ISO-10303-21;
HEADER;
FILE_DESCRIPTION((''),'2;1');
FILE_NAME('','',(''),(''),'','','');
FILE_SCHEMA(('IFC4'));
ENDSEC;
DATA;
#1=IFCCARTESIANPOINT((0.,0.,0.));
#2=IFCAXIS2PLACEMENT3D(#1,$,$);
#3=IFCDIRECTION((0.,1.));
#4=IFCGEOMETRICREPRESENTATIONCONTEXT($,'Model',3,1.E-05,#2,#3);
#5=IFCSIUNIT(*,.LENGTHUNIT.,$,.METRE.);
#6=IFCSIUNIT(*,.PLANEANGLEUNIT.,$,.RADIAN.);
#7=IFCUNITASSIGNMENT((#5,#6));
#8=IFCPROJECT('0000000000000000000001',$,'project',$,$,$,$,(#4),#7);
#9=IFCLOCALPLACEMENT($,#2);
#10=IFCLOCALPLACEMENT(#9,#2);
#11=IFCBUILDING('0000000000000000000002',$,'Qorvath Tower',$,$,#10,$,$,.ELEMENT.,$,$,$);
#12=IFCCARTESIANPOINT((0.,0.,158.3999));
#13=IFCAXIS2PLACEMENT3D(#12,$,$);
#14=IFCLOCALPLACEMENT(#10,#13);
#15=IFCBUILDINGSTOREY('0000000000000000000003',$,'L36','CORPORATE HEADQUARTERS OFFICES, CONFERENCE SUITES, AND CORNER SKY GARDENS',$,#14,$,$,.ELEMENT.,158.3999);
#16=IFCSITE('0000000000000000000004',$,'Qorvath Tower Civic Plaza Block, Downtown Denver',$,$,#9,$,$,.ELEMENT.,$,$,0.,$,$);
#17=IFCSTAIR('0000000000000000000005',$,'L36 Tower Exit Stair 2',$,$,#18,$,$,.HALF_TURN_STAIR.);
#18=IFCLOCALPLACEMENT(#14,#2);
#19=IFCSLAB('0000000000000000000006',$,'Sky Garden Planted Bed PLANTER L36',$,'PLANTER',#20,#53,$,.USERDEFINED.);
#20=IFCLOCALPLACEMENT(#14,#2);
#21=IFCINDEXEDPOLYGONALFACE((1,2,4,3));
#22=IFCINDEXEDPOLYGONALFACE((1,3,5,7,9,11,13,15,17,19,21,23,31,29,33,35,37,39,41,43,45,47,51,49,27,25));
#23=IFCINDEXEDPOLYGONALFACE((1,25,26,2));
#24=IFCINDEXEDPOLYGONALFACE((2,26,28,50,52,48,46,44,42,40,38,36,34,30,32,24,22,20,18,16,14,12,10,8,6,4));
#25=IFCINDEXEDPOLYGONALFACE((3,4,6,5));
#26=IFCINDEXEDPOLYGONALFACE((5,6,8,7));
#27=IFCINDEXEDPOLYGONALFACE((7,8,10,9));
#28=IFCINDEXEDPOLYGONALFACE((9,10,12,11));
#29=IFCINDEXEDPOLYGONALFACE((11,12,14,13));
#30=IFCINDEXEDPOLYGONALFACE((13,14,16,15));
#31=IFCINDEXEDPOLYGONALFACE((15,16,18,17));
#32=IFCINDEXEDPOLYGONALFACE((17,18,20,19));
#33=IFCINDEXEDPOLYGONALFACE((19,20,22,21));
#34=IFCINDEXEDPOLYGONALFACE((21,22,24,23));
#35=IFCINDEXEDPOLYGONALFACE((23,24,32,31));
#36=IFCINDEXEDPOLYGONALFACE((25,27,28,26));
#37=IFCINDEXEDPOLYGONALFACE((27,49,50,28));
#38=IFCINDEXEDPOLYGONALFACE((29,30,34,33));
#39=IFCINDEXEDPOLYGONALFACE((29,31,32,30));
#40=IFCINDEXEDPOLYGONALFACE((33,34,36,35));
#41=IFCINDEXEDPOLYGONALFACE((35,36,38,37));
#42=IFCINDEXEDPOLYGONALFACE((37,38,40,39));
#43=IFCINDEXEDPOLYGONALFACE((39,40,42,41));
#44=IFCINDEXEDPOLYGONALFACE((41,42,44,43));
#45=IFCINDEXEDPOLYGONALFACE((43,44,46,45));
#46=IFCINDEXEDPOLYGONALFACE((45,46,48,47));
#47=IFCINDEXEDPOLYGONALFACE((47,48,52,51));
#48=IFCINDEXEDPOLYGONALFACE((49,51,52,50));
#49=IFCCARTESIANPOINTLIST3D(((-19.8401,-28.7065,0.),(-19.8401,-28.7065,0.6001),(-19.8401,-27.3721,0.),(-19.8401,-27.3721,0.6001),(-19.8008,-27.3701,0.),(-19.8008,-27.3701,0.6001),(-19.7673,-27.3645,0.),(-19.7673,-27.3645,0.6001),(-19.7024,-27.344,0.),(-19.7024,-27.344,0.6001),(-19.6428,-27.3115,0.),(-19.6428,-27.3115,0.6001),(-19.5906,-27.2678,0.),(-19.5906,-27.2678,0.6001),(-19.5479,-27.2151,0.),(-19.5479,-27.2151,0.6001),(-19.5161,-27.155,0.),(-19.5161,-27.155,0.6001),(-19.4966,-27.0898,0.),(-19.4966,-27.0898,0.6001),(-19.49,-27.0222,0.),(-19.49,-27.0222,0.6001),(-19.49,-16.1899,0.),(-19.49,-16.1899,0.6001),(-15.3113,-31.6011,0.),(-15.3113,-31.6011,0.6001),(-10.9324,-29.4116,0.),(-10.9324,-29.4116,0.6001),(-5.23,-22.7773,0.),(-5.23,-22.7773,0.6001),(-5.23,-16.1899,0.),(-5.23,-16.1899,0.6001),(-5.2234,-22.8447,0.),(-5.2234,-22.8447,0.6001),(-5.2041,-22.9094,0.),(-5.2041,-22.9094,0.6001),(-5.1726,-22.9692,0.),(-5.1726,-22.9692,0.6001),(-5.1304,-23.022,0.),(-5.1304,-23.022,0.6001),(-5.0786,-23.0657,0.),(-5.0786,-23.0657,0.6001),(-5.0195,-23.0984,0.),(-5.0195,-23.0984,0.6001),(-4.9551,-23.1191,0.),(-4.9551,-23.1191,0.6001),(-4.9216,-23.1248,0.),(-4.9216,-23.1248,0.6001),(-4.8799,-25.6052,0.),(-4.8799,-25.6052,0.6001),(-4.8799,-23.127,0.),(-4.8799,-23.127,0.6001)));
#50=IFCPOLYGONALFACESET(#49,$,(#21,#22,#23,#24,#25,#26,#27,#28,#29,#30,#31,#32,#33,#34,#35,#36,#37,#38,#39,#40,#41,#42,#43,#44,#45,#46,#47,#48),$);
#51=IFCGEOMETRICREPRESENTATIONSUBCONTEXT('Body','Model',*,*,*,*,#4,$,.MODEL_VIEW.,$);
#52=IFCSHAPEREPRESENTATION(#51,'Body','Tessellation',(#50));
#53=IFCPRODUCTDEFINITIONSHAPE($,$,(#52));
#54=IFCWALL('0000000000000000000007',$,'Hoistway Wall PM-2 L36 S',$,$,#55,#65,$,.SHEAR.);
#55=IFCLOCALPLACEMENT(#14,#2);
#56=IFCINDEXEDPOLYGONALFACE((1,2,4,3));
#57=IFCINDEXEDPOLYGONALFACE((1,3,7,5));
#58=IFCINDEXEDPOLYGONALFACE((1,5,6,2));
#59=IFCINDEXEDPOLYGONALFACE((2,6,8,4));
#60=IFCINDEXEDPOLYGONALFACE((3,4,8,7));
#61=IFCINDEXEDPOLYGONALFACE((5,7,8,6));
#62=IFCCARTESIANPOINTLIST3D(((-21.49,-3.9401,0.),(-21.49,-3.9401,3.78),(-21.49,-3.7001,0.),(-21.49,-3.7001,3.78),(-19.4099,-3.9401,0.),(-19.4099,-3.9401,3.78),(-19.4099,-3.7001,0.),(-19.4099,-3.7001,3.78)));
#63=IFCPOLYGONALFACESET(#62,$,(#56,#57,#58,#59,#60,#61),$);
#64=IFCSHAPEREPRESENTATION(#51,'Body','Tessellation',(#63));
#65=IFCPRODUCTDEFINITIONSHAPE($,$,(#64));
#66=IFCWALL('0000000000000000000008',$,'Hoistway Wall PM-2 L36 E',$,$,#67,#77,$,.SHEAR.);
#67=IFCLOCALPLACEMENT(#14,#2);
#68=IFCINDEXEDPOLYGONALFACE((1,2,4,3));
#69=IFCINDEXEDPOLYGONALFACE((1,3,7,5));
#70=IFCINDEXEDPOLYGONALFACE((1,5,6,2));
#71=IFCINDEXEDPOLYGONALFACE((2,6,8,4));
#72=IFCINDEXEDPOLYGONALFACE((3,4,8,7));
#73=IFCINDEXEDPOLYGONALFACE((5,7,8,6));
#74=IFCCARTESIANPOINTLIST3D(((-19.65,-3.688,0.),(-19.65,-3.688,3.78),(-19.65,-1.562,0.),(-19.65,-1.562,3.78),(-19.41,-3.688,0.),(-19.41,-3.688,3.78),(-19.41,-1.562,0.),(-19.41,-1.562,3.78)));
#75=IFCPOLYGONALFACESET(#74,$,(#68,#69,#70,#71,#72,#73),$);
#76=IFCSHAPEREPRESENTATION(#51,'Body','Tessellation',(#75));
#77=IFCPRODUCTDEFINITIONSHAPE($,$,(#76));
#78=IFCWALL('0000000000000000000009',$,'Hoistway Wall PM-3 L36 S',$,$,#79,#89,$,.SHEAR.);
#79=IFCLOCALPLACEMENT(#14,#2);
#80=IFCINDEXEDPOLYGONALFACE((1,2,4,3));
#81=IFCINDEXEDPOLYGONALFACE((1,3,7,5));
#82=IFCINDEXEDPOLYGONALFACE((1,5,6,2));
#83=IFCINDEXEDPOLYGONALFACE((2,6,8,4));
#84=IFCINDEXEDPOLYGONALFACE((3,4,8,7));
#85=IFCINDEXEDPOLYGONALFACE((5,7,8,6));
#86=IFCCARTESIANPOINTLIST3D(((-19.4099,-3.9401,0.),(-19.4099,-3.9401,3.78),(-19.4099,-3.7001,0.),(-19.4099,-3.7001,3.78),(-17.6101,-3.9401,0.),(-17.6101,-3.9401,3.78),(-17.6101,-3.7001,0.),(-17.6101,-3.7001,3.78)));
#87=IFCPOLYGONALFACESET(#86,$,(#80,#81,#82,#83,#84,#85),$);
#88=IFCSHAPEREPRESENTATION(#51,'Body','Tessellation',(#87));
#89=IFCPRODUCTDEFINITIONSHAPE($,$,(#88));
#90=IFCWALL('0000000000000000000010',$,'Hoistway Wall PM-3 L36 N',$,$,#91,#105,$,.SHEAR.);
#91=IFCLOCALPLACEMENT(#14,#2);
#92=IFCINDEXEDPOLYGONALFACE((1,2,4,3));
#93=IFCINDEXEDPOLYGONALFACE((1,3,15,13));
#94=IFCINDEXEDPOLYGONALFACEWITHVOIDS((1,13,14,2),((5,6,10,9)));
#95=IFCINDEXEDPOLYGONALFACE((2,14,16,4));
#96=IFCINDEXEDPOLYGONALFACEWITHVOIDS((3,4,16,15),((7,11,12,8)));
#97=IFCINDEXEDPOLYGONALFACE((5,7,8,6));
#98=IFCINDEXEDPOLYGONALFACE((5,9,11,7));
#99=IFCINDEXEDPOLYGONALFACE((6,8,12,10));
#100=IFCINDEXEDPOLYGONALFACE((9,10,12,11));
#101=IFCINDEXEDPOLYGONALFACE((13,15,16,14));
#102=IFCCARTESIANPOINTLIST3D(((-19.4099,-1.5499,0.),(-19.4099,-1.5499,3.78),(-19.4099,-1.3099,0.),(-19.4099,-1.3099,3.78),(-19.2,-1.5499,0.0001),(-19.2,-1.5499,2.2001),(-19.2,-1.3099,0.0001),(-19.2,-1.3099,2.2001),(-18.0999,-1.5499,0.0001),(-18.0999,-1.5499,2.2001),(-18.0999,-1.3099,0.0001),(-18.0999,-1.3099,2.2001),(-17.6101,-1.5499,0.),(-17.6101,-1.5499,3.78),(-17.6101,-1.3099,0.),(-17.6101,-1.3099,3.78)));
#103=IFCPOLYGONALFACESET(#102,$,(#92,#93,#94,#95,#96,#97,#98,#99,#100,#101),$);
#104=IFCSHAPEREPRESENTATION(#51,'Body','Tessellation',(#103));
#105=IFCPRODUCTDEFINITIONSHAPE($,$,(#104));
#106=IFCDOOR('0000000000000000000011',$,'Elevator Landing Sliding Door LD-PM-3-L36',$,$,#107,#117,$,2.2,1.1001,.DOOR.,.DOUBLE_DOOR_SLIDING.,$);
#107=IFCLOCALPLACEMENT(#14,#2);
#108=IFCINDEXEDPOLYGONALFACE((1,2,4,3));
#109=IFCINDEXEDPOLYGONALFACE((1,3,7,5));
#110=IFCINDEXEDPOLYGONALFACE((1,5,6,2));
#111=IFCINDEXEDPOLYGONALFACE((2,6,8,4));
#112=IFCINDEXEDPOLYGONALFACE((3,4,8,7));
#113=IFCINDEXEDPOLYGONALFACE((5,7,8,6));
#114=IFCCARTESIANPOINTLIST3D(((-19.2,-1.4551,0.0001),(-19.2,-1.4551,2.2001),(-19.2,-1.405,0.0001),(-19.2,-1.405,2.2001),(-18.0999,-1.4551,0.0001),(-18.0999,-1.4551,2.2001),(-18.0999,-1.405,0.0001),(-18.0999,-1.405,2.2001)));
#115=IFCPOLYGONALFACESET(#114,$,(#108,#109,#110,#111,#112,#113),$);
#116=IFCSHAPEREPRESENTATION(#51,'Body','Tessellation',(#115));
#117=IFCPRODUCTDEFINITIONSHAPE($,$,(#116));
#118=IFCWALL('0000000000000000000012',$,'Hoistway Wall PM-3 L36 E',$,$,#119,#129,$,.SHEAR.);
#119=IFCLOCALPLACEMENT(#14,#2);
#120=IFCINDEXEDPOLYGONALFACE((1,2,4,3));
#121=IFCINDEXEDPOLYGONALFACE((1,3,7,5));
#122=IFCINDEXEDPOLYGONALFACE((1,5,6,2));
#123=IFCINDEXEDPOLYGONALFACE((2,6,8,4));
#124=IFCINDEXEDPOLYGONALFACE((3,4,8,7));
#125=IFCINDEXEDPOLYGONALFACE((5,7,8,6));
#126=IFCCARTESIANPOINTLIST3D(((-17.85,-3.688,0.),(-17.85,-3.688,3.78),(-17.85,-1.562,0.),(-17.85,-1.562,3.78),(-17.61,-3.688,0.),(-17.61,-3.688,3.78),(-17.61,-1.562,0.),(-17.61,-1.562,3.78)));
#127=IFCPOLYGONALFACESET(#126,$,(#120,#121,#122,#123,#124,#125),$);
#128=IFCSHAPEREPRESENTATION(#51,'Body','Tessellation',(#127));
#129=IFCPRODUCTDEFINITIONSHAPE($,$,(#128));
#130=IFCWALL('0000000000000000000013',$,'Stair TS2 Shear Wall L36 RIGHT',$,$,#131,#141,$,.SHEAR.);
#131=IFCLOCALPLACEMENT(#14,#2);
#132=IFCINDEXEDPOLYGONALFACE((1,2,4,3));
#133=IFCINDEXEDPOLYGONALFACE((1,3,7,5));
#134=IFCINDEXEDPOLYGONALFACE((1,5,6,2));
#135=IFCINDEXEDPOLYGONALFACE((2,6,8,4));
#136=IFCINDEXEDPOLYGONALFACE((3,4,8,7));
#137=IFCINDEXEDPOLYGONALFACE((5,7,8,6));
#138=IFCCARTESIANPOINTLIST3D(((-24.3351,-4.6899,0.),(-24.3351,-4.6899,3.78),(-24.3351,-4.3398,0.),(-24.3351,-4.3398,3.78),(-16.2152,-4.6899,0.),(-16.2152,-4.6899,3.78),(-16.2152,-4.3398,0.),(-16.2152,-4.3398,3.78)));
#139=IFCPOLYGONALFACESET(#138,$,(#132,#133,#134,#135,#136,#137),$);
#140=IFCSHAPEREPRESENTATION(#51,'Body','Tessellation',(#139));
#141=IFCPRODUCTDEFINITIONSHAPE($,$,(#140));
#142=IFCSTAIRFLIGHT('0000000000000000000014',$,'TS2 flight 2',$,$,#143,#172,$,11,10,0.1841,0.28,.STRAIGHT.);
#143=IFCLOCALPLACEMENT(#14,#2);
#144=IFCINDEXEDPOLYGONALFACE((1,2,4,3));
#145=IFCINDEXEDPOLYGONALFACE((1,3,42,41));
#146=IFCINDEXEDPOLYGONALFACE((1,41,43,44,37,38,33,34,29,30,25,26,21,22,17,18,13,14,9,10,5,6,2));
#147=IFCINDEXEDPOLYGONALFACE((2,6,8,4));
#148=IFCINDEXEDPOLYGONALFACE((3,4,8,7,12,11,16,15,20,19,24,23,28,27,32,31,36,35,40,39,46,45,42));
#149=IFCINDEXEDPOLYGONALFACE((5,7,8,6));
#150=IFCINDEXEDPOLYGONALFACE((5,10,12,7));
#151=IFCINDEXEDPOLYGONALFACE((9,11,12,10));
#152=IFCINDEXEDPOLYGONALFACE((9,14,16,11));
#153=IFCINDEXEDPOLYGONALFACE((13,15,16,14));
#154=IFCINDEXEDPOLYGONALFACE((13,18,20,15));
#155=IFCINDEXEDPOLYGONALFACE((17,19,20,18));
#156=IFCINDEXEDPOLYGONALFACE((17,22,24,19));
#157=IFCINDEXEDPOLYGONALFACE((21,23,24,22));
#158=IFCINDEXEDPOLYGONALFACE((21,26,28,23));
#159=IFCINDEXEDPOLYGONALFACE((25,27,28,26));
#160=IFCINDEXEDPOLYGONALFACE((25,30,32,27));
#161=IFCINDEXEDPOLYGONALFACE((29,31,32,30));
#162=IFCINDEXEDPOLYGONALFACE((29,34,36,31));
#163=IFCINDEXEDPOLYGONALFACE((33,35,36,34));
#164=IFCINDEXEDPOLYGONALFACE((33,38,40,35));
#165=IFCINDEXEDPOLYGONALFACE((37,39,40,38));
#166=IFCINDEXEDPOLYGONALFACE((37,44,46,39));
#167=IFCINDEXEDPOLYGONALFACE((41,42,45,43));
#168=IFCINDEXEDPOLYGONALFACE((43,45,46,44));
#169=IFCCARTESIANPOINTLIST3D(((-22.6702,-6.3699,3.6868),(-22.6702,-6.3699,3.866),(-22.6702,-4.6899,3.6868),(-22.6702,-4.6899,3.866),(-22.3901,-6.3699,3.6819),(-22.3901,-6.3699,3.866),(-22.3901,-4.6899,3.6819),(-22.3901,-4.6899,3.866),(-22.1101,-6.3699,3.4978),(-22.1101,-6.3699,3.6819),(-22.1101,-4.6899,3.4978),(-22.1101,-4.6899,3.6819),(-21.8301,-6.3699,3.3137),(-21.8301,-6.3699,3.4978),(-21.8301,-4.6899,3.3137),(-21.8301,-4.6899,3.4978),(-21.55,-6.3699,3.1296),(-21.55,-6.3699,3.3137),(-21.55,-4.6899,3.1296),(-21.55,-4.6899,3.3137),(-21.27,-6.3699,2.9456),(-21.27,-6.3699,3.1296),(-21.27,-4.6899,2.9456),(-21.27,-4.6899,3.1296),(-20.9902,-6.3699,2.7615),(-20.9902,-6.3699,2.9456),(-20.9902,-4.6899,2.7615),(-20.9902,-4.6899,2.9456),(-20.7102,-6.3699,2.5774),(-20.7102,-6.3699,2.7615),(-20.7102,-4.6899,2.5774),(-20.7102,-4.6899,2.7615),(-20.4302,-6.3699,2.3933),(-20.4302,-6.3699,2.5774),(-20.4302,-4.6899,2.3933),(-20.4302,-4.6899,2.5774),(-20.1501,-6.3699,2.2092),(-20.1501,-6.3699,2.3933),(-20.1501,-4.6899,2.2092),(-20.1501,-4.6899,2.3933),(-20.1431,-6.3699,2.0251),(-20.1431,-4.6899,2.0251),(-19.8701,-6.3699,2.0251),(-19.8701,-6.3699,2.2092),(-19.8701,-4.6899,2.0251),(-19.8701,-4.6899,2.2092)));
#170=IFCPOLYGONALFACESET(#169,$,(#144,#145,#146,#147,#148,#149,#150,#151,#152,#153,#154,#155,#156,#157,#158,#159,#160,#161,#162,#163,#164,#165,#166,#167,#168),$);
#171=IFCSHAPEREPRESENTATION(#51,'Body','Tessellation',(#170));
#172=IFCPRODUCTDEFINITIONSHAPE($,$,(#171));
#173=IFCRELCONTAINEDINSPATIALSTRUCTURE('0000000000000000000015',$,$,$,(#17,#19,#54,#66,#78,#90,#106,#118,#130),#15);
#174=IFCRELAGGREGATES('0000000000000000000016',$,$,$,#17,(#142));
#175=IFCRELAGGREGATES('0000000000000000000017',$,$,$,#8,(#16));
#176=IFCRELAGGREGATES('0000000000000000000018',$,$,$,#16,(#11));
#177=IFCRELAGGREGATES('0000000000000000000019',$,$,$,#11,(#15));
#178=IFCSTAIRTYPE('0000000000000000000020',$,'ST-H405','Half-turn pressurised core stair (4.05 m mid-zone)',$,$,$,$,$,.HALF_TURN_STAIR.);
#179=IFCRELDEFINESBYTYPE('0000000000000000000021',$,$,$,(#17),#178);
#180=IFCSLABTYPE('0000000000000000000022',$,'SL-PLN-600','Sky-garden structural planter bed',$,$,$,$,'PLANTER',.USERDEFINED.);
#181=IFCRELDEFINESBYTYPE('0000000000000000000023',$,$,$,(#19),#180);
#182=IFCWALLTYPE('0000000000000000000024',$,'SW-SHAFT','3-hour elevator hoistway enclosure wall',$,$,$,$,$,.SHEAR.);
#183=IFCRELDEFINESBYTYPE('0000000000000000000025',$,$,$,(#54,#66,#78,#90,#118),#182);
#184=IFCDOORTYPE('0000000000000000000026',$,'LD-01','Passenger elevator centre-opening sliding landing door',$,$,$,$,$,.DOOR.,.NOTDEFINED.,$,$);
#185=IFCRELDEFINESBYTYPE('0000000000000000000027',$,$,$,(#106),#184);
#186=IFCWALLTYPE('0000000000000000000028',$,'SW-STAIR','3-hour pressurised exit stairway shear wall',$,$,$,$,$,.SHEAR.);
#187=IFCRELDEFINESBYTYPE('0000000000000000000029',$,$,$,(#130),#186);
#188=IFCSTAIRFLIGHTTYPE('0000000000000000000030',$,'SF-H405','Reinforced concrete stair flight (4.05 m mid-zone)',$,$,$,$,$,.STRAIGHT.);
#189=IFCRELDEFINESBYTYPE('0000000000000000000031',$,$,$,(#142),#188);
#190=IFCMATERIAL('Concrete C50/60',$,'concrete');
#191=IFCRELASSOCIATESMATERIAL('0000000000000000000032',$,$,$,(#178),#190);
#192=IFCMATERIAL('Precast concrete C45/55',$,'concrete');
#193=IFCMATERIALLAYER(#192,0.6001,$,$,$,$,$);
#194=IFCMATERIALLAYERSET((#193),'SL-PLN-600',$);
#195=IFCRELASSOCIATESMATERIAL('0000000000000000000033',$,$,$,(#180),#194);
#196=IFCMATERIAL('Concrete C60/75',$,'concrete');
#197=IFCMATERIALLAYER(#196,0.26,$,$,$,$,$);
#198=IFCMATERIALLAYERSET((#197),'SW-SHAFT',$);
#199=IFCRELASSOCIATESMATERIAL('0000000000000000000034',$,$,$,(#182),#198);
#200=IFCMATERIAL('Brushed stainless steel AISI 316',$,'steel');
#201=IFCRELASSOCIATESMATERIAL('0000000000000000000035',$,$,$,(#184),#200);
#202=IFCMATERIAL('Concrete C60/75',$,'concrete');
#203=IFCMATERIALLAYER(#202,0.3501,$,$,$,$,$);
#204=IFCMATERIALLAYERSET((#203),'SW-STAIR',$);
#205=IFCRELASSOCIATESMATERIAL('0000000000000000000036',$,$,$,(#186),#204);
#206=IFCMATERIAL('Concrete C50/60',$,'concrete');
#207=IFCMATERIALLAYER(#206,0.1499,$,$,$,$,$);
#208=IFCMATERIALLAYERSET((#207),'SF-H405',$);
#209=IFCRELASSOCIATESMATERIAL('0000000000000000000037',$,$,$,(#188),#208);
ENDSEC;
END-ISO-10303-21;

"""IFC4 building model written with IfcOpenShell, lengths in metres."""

from ifc_helpers import new_model, si_unit, direction, frame, frame_2d, origin, place, context, subcontext, project, spatial, polyline, rectangle, outline, extrude, material, layer, layer_set, type_object, element, fill, aggregate, save


model = new_model("IFC4")

# Units and contexts
model_context = context("Model", 3, precision=1e-05, world=origin(), true_north=direction((0.0, 1.0)))
body_context = subcontext(model_context, "Body", "Model", "MODEL_VIEW")
ifc_project = project(units=[si_unit("LENGTHUNIT", "METRE"), si_unit("PLANEANGLEUNIT", "RADIAN")], contexts=[model_context])

# Site, building, storey
site_placement = place(None, origin())
site = spatial("IfcSite", under=ifc_project, at=site_placement, Name="Qorvath Tower Civic Plaza Block, Downtown Denver", CompositionType="ELEMENT", RefElevation=0.0)
building_placement = place(site_placement, origin())
building = spatial("IfcBuilding", under=site, at=building_placement, Name="Qorvath Tower", CompositionType="ELEMENT")
storey_placement = place(building_placement, frame((0.0, 0.0, 158.3999)))
storey = spatial("IfcBuildingStorey", under=building, at=storey_placement, Name="L36", Description="CORPORATE HEADQUARTERS OFFICES, CONFERENCE SUITES, AND CORNER SKY GARDENS", CompositionType="ELEMENT", Elevation=158.3999)

# Stair
ifc_material_1 = material(Name="Concrete C50/60", Category="concrete")
stair_type = type_object("IfcStairType", Name="ST-H405", Description="Half-turn pressurised core stair (4.05 m mid-zone)", PredefinedType="HALF_TURN_STAIR", material=ifc_material_1)
stair_1_placement = place(storey_placement, origin())
stair_1 = element("IfcStair", 1, at=stair_1_placement, inside=storey, type_object=stair_type, Name="L36 Tower Exit Stair 2", PredefinedType="HALF_TURN_STAIR")

# Slab
ifc_material_2 = material(Name="Precast concrete C45/55", Category="concrete")
ifc_layer_1 = layer(ifc_material_2, 0.6001)
ifc_layer_set_1 = layer_set([ifc_layer_1], Name="SL-PLN-600")
slab_type_1 = type_object("IfcSlabType", Name="SL-PLN-600", Description="Sky-garden structural planter bed", ElementType="PLANTER", PredefinedType="USERDEFINED", material=ifc_layer_set_1)
slab_1_placement = place(storey_placement, origin())
element("IfcSlab", 2, at=slab_1_placement, inside=storey, type_object=slab_type_1, Name="Sky Garden Planted Bed PLANTER L36", ObjectType="PLANTER", PredefinedType="USERDEFINED", context=body_context, shape_type="SweptSolid", body=[
    extrude(outline(polyline([(-19.8401, -28.7065), (-15.3113, -31.6011), (-10.9324, -29.4116), (-4.8799, -25.6052), (-4.8799, -23.127), (-4.9216, -23.1248), (-4.9551, -23.1191), (-5.0195, -23.0984), (-5.0786, -23.0657), (-5.1304, -23.022), (-5.1726, -22.9692), (-5.2041, -22.9094), (-5.2234, -22.8447), (-5.23, -22.7773), (-5.23, -16.1899), (-19.49, -16.1899), (-19.49, -27.0222), (-19.4966, -27.0898), (-19.5161, -27.155), (-19.5479, -27.2151), (-19.5906, -27.2678), (-19.6428, -27.3115), (-19.7024, -27.344), (-19.7673, -27.3645), (-19.8008, -27.3701), (-19.8401, -27.3721), (-19.8401, -28.7065)])), origin(), (0.0, 0.0, 1.0), 0.6001),
])

# Walls
ifc_material_3 = material(Name="Concrete C60/75", Category="concrete")
ifc_layer_2 = layer(ifc_material_3, 0.26)
ifc_layer_set_2 = layer_set([ifc_layer_2], Name="SW-SHAFT")
wall_type_1 = type_object("IfcWallType", Name="SW-SHAFT", Description="3-hour elevator hoistway enclosure wall", PredefinedType="SHEAR", material=ifc_layer_set_2)
wall_1_placement = place(storey_placement, frame((-19.4099, -3.8201, 0.0), z_axis=(0.0, 0.0, 1.0), x_axis=(-1.0, 0.0, 0.0)))
element("IfcWall", 3, at=wall_1_placement, inside=storey, type_object=wall_type_1, Name="Hoistway Wall PM-2 L36 S", PredefinedType="SHEAR", context=body_context, shape_type="SweptSolid", body=[
    extrude(rectangle(XDim=2.0801, YDim=0.24, at=frame_2d((1.04, 0.0))), origin(), (0.0, 0.0, 1.0), 3.78),
])
wall_2_placement = place(storey_placement, frame((-19.53, -1.562, 0.0), z_axis=(0.0, 0.0, 1.0), x_axis=(0.0, -1.0, 0.0)))
element("IfcWall", 4, at=wall_2_placement, inside=storey, type_object=wall_type_1, Name="Hoistway Wall PM-2 L36 E", PredefinedType="SHEAR", context=body_context, shape_type="SweptSolid", body=[
    extrude(rectangle(XDim=2.126, YDim=0.24, at=frame_2d((1.063, 0.0))), origin(), (0.0, 0.0, 1.0), 3.78),
])
wall_3_placement = place(storey_placement, frame((-17.6101, -3.8201, 0.0), z_axis=(0.0, 0.0, 1.0), x_axis=(-1.0, 0.0, 0.0)))
element("IfcWall", 5, at=wall_3_placement, inside=storey, type_object=wall_type_1, Name="Hoistway Wall PM-3 L36 S", PredefinedType="SHEAR", context=body_context, shape_type="SweptSolid", body=[
    extrude(rectangle(XDim=1.7998, YDim=0.24, at=frame_2d((0.8999, 0.0))), origin(), (0.0, 0.0, 1.0), 3.78),
])

# Wall, opening, door
wall_4_placement = place(storey_placement, frame((-19.4099, -1.4299, 0.0), z_axis=(0.0, 0.0, 1.0), x_axis=(1.0, 0.0, 0.0)))
wall_4 = element("IfcWall", 6, at=wall_4_placement, inside=storey, type_object=wall_type_1, Name="Hoistway Wall PM-3 L36 N", PredefinedType="SHEAR", context=body_context, shape_type="SweptSolid", body=[
    extrude(rectangle(XDim=1.7998, YDim=0.24, at=frame_2d((0.8999, 0.0))), origin(), (0.0, 0.0, 1.0), 3.78),
])
opening_placement = place(wall_4_placement, frame((0.21, 0.0, 0.0)))
opening = element("IfcOpeningElement", 7, at=opening_placement, cuts=wall_4, PredefinedType="OPENING", context=body_context, shape_type="SweptSolid", body=[
    extrude(rectangle(XDim=1.1001, YDim=2.2, at=frame_2d((0.55, 1.1001))), frame((0.0, 0.1299, 0.0), z_axis=(0.0, -1.0, 0.0), x_axis=(1.0, 0.0, 0.0)), (0.0, 0.0, 1.0), 0.26),
])
ifc_material_4 = material(Name="Brushed stainless steel AISI 316", Category="steel")
door_type = type_object("IfcDoorType", Name="LD-01", Description="Passenger elevator centre-opening sliding landing door", OperationType="NOTDEFINED", PredefinedType="DOOR", material=ifc_material_4)
door_placement = place(opening_placement, origin())
door = element("IfcDoor", 8, at=door_placement, inside=storey, type_object=door_type, Name="Elevator Landing Sliding Door LD-PM-3-L36", OperationType="DOUBLE_DOOR_SLIDING", OverallHeight=2.2, OverallWidth=1.1001, PredefinedType="DOOR", context=body_context, shape_type="SweptSolid", body=[
    extrude(rectangle(XDim=1.1001, YDim=2.2, at=frame_2d((0.55, 1.1001))), frame((0.0, 0.0249, 0.0), z_axis=(0.0, -1.0, 0.0), x_axis=(1.0, 0.0, 0.0)), (0.0, 0.0, 1.0), 0.05),
])
fill(opening, door)

# Walls
wall_5_placement = place(storey_placement, frame((-17.73, -1.562, 0.0), z_axis=(0.0, 0.0, 1.0), x_axis=(0.0, -1.0, 0.0)))
element("IfcWall", 9, at=wall_5_placement, inside=storey, type_object=wall_type_1, Name="Hoistway Wall PM-3 L36 E", PredefinedType="SHEAR", context=body_context, shape_type="SweptSolid", body=[
    extrude(rectangle(XDim=2.126, YDim=0.24, at=frame_2d((1.063, 0.0))), origin(), (0.0, 0.0, 1.0), 3.78),
])
ifc_material_5 = material(Name="Concrete C60/75", Category="concrete")
ifc_layer_3 = layer(ifc_material_5, 0.3501)
ifc_layer_set_3 = layer_set([ifc_layer_3], Name="SW-STAIR")
wall_type_2 = type_object("IfcWallType", Name="SW-STAIR", Description="3-hour pressurised exit stairway shear wall", PredefinedType="SHEAR", material=ifc_layer_set_3)
wall_6_placement = place(storey_placement, frame((-16.2151, -4.5149, 0.0), z_axis=(0.0, 0.0, 1.0), x_axis=(-1.0, 0.0, 0.0)))
element("IfcWall", 10, at=wall_6_placement, inside=storey, type_object=wall_type_2, Name="Stair TS2 Shear Wall L36 RIGHT", PredefinedType="SHEAR", context=body_context, shape_type="SweptSolid", body=[
    extrude(rectangle(XDim=8.1199, YDim=0.3501, at=frame_2d((4.0601, 0.0))), origin(), (0.0, 0.0, 1.0), 3.78),
])

# Stair flight
ifc_material_6 = material(Name="Concrete C50/60", Category="concrete")
ifc_layer_4 = layer(ifc_material_6, 0.1499)
ifc_layer_set_4 = layer_set([ifc_layer_4], Name="SF-H405")
stair_flight_type = type_object("IfcStairFlightType", Name="SF-H405", Description="Reinforced concrete stair flight (4.05 m mid-zone)", PredefinedType="STRAIGHT", material=ifc_layer_set_4)
stair_flight_placement = place(storey_placement, frame((-19.8701, -5.53, 2.0251), z_axis=(0.0, 0.0, 1.0), x_axis=(-1.0, 0.0, 0.0)))
stair_flight = element("IfcStairFlight", 11, at=stair_flight_placement, type_object=stair_flight_type, Name="TS2 flight 2", NumberOfRisers=11, NumberOfTreads=10, PredefinedType="STRAIGHT", RiserHeight=0.1841, TreadLength=0.28, context=body_context, shape_type="SweptSolid", body=[
    extrude(outline(polyline([(0.0, 0.0), (0.0, 0.1841), (0.28, 0.1841), (0.28, 0.3682), (0.5601, 0.3682), (0.5601, 0.5522), (0.8401, 0.5522), (0.8401, 0.7363), (1.1201, 0.7363), (1.1201, 0.9204), (1.3999, 0.9204), (1.3999, 1.1045), (1.6799, 1.1045), (1.6799, 1.2886), (1.96, 1.2886), (1.96, 1.4727), (2.24, 1.4727), (2.24, 1.6567), (2.52, 1.6567), (2.52, 1.8408), (2.8, 1.8408), (2.8, 2.0249), (2.8, 1.6616), (0.2729, 0.0), (0.0, 0.0)])), frame((0.0, 0.8398, 0.0), z_axis=(0.0, -1.0, 0.0), x_axis=(1.0, 0.0, 0.0)), (0.0, 0.0, 1.0), 1.6799),
])
aggregate(stair_1, [stair_flight])

save(model, "model.ifc")
